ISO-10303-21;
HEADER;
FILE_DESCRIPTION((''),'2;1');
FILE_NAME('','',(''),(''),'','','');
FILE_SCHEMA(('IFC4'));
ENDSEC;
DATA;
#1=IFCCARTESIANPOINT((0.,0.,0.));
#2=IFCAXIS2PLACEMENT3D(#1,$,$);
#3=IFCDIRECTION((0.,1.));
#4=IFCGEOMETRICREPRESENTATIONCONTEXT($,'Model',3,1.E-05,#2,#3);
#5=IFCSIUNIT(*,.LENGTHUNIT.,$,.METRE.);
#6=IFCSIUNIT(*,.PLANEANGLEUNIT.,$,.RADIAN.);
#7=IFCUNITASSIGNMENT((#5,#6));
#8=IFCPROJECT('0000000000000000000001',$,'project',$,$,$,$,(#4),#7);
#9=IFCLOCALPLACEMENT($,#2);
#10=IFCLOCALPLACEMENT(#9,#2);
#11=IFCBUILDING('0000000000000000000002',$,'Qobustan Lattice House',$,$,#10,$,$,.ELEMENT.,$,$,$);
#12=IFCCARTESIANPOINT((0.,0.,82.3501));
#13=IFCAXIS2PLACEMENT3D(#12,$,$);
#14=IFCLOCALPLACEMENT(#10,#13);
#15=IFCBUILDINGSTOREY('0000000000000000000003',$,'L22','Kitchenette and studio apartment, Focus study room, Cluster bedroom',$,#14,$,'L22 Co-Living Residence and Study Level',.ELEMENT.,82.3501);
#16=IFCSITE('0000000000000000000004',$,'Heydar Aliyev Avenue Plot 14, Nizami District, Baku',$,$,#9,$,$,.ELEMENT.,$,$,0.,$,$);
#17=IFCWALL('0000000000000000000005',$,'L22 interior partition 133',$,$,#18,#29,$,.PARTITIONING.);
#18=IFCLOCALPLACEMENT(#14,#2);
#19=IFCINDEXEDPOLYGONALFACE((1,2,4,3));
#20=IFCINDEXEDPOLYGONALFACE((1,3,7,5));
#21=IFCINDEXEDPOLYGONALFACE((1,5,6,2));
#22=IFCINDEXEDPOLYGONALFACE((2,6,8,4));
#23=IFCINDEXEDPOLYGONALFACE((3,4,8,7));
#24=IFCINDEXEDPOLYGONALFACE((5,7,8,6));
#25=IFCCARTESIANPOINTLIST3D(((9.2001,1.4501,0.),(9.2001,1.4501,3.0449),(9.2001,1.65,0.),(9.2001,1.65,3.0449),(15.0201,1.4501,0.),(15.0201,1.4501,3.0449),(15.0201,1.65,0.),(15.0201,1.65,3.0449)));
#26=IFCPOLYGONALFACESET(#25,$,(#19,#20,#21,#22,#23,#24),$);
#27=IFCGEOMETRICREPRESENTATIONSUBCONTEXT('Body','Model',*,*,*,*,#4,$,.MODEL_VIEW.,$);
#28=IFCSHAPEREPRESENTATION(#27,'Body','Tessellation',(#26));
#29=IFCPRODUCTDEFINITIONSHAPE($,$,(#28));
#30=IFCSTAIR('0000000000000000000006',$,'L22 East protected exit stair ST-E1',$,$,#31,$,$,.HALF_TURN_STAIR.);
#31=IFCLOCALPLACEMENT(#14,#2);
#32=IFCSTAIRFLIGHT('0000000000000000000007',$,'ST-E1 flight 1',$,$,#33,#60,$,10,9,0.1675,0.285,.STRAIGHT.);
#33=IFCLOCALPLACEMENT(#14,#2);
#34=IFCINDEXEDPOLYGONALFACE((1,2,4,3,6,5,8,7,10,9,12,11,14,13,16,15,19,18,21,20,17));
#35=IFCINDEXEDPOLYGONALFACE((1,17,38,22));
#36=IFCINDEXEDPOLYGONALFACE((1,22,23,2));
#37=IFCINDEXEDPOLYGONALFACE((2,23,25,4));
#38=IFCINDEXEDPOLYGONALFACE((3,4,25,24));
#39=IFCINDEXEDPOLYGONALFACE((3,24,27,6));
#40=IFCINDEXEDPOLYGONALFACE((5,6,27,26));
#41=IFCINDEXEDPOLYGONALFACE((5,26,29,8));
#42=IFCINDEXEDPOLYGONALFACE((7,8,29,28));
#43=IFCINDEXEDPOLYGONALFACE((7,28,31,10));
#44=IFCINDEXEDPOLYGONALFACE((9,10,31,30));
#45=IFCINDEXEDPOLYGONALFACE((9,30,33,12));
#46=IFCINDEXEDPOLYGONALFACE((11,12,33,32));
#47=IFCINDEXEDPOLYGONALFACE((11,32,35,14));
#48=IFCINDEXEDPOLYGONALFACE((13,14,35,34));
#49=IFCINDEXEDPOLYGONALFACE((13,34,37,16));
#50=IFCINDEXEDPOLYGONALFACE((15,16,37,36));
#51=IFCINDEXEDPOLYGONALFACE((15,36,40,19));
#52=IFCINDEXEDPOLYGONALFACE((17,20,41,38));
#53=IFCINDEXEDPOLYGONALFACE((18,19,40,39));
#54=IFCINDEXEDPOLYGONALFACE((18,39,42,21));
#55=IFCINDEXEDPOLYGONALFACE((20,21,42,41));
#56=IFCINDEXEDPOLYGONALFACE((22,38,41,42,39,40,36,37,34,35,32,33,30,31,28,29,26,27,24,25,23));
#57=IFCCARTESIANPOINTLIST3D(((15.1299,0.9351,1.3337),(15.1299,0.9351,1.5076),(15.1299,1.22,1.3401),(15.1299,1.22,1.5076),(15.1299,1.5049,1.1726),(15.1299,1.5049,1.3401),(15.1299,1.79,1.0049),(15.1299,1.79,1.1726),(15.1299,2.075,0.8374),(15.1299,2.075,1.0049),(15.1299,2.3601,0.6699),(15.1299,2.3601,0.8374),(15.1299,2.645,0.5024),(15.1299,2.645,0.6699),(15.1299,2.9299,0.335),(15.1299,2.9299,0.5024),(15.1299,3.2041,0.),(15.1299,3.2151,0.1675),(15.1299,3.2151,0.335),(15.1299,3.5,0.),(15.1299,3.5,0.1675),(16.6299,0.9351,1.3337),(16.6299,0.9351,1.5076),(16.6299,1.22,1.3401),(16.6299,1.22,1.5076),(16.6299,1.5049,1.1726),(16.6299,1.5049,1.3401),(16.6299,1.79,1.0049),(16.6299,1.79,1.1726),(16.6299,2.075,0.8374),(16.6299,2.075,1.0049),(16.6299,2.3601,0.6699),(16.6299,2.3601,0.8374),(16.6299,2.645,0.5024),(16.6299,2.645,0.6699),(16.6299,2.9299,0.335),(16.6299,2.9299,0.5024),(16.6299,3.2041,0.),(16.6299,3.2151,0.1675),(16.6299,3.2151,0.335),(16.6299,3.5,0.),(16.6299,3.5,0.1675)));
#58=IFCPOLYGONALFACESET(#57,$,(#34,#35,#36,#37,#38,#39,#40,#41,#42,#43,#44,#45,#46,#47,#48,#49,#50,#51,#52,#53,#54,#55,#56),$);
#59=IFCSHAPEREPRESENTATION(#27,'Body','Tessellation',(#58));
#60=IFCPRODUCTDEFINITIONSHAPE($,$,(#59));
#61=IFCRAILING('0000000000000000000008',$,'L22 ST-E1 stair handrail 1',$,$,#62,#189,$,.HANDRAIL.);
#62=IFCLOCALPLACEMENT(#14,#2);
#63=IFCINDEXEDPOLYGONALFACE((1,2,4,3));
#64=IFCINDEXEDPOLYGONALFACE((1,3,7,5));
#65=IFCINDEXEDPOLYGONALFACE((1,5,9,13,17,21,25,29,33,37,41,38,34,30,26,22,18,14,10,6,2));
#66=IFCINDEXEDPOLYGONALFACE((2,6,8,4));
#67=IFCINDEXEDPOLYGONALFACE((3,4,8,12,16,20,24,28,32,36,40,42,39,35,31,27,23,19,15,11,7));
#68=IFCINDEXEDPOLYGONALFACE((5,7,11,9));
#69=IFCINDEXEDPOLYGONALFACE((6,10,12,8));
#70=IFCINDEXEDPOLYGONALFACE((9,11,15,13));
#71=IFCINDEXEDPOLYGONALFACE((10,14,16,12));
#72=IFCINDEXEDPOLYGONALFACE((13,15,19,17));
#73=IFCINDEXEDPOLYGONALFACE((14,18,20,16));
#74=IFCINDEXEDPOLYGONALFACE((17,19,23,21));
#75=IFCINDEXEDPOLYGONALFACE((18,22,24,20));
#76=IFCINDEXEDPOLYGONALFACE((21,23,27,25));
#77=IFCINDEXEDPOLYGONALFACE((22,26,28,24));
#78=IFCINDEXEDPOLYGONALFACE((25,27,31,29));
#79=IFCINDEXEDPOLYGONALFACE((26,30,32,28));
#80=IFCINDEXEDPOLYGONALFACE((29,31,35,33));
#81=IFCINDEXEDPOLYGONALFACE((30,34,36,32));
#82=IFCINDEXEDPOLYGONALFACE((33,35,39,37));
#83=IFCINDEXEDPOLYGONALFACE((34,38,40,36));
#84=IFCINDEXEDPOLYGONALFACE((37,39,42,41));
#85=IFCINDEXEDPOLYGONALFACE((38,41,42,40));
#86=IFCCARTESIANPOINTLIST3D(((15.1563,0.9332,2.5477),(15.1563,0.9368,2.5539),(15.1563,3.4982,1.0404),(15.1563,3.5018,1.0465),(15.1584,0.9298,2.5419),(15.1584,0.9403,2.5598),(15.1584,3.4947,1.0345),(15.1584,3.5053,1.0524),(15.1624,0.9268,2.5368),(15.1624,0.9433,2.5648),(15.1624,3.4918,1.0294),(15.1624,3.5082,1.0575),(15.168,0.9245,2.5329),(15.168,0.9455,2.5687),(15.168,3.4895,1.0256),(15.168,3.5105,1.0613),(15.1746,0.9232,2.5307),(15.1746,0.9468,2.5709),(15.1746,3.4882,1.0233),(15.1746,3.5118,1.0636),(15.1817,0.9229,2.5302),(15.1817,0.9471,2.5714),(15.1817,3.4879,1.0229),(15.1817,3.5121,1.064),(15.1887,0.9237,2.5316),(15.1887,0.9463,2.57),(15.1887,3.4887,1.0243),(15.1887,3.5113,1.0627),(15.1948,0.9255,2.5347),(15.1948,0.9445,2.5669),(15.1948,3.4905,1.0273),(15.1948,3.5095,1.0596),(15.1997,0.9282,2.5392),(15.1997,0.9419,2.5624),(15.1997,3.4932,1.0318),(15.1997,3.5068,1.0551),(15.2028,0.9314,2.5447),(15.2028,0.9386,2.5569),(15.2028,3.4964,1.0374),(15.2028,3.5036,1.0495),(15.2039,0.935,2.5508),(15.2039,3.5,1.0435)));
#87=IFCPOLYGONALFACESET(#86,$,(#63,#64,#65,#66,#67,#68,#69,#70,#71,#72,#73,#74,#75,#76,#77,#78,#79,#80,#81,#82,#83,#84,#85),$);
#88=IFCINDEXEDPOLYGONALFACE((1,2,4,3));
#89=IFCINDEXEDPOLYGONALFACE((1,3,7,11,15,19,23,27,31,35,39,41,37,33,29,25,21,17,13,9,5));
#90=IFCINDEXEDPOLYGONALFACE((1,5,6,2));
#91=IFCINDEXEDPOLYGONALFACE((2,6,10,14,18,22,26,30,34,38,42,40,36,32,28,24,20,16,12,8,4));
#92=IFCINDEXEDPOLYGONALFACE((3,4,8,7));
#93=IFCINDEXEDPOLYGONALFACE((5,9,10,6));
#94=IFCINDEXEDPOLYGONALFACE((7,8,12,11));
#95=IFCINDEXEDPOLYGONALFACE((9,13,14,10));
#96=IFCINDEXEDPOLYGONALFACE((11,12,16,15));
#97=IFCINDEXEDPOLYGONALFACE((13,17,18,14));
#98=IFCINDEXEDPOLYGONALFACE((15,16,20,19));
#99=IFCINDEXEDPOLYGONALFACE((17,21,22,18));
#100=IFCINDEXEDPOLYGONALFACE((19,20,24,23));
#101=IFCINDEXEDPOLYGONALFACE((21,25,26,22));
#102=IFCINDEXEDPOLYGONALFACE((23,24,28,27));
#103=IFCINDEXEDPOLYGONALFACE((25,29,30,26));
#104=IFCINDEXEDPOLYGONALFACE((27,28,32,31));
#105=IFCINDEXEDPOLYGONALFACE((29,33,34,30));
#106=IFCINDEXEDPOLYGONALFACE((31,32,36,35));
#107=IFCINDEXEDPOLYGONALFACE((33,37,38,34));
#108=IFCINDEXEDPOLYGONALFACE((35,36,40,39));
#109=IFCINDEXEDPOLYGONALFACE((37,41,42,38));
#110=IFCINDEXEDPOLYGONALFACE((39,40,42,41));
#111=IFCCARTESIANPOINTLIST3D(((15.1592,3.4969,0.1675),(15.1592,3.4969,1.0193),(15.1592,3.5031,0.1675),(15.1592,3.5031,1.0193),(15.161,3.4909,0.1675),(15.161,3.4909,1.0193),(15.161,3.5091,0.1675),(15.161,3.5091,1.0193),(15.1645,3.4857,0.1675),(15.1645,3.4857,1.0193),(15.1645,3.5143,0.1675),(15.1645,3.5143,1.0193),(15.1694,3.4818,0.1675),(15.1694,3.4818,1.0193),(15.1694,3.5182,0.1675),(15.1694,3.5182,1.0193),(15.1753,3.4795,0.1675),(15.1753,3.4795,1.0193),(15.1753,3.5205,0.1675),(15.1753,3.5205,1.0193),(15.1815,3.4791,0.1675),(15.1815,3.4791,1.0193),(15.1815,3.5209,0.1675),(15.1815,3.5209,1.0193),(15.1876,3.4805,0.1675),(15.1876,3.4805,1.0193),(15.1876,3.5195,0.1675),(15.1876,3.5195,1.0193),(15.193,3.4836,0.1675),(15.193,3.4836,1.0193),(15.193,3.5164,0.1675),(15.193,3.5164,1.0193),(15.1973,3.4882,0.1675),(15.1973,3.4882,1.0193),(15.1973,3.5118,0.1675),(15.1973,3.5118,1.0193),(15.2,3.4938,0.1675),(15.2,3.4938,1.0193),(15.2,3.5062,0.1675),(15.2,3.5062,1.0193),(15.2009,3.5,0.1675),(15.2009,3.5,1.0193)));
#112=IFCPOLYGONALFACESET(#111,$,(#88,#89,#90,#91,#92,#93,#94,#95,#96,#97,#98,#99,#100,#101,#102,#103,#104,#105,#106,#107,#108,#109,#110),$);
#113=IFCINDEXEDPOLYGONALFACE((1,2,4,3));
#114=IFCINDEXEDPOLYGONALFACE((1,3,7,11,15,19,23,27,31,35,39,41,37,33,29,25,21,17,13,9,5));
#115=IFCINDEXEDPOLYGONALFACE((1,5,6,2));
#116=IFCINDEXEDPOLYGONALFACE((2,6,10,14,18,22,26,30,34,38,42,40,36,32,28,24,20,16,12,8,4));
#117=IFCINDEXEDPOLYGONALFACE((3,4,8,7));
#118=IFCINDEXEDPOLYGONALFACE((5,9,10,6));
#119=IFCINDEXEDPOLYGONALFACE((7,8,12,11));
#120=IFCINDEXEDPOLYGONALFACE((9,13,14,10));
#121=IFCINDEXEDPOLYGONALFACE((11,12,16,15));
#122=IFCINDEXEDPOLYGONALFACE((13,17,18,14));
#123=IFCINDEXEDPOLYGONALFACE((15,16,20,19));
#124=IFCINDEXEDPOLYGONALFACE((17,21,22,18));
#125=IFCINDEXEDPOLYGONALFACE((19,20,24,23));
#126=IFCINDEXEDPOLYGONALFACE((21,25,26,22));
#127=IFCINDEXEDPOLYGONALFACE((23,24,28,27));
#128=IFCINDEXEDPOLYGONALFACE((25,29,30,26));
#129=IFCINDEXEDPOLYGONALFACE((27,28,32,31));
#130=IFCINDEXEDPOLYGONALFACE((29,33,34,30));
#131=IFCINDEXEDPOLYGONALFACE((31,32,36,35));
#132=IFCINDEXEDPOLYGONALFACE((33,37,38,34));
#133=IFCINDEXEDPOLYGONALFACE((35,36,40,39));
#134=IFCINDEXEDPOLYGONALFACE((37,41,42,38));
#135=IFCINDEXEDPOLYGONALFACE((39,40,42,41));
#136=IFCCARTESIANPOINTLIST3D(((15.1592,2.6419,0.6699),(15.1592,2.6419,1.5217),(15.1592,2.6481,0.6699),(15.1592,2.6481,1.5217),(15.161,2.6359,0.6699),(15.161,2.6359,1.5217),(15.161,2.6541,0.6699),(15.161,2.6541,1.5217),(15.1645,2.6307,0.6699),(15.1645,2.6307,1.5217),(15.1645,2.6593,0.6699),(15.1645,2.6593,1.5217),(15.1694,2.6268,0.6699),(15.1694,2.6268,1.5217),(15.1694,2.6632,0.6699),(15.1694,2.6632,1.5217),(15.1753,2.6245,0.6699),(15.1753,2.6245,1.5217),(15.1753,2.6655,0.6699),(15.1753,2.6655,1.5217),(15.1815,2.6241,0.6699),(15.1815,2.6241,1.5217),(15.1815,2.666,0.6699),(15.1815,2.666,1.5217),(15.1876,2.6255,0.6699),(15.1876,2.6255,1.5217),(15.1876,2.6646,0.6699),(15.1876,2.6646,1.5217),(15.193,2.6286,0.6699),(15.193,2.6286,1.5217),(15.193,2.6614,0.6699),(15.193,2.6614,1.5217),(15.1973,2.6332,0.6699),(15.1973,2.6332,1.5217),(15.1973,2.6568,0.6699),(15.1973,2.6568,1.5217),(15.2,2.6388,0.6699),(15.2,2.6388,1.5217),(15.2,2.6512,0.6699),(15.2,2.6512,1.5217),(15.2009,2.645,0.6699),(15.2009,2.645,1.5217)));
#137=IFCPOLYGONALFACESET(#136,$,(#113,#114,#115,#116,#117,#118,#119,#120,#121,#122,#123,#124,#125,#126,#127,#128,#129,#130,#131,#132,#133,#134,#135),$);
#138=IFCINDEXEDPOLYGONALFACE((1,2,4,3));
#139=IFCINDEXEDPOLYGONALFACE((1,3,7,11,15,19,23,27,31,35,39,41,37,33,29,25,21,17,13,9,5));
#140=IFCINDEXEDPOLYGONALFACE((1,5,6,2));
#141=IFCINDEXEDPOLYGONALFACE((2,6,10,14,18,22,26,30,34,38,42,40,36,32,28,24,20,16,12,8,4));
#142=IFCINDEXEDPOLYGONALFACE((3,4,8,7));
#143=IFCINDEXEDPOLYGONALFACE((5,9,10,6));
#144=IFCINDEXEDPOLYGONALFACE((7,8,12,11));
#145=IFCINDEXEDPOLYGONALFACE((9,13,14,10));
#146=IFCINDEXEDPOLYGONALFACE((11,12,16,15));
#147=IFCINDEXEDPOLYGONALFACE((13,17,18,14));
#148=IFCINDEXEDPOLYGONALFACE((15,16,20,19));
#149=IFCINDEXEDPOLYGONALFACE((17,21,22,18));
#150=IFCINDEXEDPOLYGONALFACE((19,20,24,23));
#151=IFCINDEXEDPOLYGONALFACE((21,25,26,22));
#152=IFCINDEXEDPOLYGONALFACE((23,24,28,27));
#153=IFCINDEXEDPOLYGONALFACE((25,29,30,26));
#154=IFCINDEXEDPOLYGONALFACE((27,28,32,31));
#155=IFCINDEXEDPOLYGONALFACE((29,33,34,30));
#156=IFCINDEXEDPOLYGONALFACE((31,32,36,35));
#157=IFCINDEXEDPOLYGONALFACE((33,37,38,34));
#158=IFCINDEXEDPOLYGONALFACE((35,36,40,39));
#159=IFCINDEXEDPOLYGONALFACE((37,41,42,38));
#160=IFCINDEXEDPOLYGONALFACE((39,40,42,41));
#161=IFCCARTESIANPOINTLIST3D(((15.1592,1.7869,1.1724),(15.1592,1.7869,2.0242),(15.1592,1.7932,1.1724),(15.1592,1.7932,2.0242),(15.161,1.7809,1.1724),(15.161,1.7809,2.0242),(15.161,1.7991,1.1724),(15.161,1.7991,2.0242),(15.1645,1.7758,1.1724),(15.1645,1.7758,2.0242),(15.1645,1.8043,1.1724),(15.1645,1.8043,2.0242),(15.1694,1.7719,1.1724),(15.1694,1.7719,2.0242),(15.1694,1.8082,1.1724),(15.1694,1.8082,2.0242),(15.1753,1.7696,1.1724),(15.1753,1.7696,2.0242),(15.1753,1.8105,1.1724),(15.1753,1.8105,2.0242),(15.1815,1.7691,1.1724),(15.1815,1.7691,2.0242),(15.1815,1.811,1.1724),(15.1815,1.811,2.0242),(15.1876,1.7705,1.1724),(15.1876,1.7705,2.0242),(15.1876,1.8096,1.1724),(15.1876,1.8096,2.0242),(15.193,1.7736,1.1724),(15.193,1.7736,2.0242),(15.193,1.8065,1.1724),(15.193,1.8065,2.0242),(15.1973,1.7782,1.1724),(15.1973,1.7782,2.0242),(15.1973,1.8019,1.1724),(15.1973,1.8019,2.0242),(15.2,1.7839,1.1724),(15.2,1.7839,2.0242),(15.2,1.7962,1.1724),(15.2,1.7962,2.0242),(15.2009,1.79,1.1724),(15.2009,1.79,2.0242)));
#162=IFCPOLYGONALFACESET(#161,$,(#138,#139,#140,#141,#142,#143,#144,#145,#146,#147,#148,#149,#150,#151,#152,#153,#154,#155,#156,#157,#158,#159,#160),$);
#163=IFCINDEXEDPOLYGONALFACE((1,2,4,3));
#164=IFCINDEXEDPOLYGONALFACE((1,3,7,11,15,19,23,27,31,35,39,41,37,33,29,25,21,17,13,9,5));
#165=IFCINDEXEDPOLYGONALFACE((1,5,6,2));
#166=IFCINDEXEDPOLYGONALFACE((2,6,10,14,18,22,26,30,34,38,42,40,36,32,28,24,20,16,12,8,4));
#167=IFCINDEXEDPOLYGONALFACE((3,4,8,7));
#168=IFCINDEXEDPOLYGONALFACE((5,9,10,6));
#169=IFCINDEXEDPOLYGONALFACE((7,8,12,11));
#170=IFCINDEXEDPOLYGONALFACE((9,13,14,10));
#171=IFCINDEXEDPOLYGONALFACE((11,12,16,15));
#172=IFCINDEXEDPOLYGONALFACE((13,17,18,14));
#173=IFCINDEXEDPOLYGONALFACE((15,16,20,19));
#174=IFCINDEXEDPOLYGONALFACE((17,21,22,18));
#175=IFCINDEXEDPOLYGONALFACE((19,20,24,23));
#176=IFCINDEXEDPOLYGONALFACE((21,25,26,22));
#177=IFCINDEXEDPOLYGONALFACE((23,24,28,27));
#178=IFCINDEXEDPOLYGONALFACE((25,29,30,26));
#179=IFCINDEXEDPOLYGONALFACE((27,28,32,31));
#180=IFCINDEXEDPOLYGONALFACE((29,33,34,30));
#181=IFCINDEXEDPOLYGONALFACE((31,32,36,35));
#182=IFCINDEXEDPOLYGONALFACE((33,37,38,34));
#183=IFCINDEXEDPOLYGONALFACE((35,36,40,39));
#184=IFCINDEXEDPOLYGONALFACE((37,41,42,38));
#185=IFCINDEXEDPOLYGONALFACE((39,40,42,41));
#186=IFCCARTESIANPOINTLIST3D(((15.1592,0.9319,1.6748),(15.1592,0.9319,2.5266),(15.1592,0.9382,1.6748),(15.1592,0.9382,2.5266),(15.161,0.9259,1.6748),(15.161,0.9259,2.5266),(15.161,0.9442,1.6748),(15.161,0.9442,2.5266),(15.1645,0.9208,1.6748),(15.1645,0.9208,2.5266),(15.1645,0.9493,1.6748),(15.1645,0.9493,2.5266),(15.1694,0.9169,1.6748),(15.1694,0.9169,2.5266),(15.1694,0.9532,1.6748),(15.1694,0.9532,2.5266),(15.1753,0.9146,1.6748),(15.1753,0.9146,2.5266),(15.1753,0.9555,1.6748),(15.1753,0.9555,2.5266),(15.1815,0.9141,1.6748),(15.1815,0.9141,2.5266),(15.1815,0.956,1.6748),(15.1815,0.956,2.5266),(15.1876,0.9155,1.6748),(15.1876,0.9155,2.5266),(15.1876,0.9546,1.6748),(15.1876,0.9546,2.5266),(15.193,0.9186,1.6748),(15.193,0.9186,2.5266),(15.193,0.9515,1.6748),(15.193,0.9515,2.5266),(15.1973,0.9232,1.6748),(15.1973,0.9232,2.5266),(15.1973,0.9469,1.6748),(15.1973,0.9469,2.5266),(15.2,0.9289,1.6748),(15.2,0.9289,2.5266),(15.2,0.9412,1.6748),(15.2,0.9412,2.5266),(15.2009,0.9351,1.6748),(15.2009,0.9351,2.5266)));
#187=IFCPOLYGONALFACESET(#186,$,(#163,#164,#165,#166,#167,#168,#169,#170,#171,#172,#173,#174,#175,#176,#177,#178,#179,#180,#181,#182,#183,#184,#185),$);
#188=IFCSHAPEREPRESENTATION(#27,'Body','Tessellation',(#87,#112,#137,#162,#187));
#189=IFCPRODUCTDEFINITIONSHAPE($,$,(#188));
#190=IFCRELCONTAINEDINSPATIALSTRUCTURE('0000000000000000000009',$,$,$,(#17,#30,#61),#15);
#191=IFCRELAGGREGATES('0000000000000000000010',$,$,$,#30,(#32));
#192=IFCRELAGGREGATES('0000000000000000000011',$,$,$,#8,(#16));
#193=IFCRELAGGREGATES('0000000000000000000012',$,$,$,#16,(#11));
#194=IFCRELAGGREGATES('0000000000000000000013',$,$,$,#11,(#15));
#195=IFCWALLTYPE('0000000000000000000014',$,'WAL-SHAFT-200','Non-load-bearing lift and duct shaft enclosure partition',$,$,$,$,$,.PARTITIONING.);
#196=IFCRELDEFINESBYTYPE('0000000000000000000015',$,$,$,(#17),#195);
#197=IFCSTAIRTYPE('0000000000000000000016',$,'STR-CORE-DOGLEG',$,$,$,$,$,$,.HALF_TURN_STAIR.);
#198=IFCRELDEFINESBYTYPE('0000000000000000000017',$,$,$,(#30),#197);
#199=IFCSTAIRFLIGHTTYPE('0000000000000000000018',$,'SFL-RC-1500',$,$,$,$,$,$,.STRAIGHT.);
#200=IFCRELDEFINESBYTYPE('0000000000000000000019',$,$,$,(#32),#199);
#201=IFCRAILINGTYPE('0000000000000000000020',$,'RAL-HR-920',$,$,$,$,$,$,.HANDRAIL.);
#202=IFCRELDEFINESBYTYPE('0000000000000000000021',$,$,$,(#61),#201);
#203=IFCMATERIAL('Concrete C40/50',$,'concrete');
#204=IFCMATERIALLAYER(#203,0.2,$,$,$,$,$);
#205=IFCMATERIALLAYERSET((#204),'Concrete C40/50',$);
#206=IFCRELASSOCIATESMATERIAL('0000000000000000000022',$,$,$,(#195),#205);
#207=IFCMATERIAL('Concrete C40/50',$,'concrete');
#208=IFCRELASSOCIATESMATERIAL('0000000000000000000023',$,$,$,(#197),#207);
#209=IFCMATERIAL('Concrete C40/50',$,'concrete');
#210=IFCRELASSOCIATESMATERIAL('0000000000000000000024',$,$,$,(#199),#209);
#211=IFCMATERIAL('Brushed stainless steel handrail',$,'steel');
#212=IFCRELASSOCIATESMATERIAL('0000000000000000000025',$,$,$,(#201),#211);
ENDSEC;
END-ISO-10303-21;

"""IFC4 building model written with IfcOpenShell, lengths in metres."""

from ifc_helpers import new_model, si_unit, direction, frame, frame_2d, origin, origin_2d, place, context, subcontext, project, spatial, polyline, rectangle, circle, outline, extrude, material, layer, layer_set, type_object, element, aggregate, save


model = new_model("IFC4")

# Units and contexts
model_context = context("Model", 3, precision=1e-05, world=origin(), true_north=direction((0.0, 1.0)))
body_context = subcontext(model_context, "Body", "Model", "MODEL_VIEW")
ifc_project = project(units=[si_unit("LENGTHUNIT", "METRE"), si_unit("PLANEANGLEUNIT", "RADIAN")], contexts=[model_context])

# Site, building, storey
site_placement = place(None, origin())
site = spatial("IfcSite", under=ifc_project, at=site_placement, Name="Heydar Aliyev Avenue Plot 14, Nizami District, Baku", CompositionType="ELEMENT", RefElevation=0.0)
building_placement = place(site_placement, origin())
building = spatial("IfcBuilding", under=site, at=building_placement, Name="Qobustan Lattice House", CompositionType="ELEMENT")
storey_placement = place(building_placement, frame((0.0, 0.0, 82.3501)))
storey = spatial("IfcBuildingStorey", under=building, at=storey_placement, Name="L22", Description="Kitchenette and studio apartment, Focus study room, Cluster bedroom", LongName="L22 Co-Living Residence and Study Level", CompositionType="ELEMENT", Elevation=82.3501)

# Wall
ifc_material_1 = material(Name="Concrete C40/50", Category="concrete")
ifc_layer_1 = layer(ifc_material_1, 0.2)
ifc_layer_set_1 = layer_set([ifc_layer_1], Name="Concrete C40/50")
wall_type_1 = type_object("IfcWallType", Name="WAL-SHAFT-200", Description="Non-load-bearing lift and duct shaft enclosure partition", PredefinedType="PARTITIONING", material=ifc_layer_set_1)
wall_1_placement = place(storey_placement, frame((9.2, 1.55, 0.0), z_axis=(0.0, 0.0, 1.0), x_axis=(1.0, 0.0, 0.0)))
element("IfcWall", 1, at=wall_1_placement, inside=storey, type_object=wall_type_1, Name="L22 interior partition 133", PredefinedType="PARTITIONING", context=body_context, shape_type="SweptSolid", body=[
    extrude(rectangle(XDim=5.8201, YDim=0.2, at=frame_2d((2.9102, 0.0))), origin(), (0.0, 0.0, 1.0), 3.0449),
])

# Stair, stair flight
ifc_material_2 = material(Name="Concrete C40/50", Category="concrete")
stair_type = type_object("IfcStairType", Name="STR-CORE-DOGLEG", PredefinedType="HALF_TURN_STAIR", material=ifc_material_2)
stair_placement = place(storey_placement, origin())
stair = element("IfcStair", 2, at=stair_placement, inside=storey, type_object=stair_type, Name="L22 East protected exit stair ST-E1", PredefinedType="HALF_TURN_STAIR")
ifc_material_3 = material(Name="Concrete C40/50", Category="concrete")
stair_flight_type = type_object("IfcStairFlightType", Name="SFL-RC-1500", PredefinedType="STRAIGHT", material=ifc_material_3)
stair_flight_placement = place(storey_placement, frame((15.8799, 3.5, 0.0), z_axis=(0.0, 0.0, 1.0), x_axis=(0.0, -1.0, 0.0)))
stair_flight = element("IfcStairFlight", 3, at=stair_flight_placement, type_object=stair_flight_type, Name="ST-E1 flight 1", NumberOfRisers=10, NumberOfTreads=9, PredefinedType="STRAIGHT", RiserHeight=0.1675, TreadLength=0.285, context=body_context, shape_type="SweptSolid", body=[
    extrude(outline(polyline([(0.0, 0.0), (0.0, 0.1675), (0.2849, 0.1675), (0.2849, 0.335), (0.5701, 0.335), (0.5701, 0.5024), (0.855, 0.5024), (0.855, 0.6699), (1.1399, 0.6699), (1.1399, 0.8374), (1.425, 0.8374), (1.425, 1.0049), (1.71, 1.0049), (1.71, 1.1726), (1.9951, 1.1726), (1.9951, 1.3401), (2.28, 1.3401), (2.28, 1.5076), (2.5649, 1.5076), (2.5649, 1.675), (2.5649, 1.3337), (0.2959, 0.0), (0.0, 0.0)])), frame((0.0, 0.75, 0.0), z_axis=(0.0, -1.0, 0.0), x_axis=(1.0, 0.0, 0.0)), (0.0, 0.0, 1.0), 1.5),
])
aggregate(stair, [stair_flight])

# Railing
ifc_material_4 = material(Name="Brushed stainless steel handrail", Category="steel")
railing_type_1 = type_object("IfcRailingType", Name="RAL-HR-920", PredefinedType="HANDRAIL", material=ifc_material_4)
railing_1_placement = place(storey_placement, frame((15.1799, 3.5, 0.1675)))
element("IfcRailing", 4, at=railing_1_placement, inside=storey, type_object=railing_type_1, Name="L22 ST-E1 stair handrail 1", PredefinedType="HANDRAIL", context=body_context, shape_type="SweptSolid", body=[
    extrude(circle(Radius=0.0239, at=origin_2d()), frame((0.0, 0.0, 0.876), z_axis=(0.0, -0.862149, 0.506654), x_axis=(1.0, 0.0, 0.0)), (0.0, 0.0, 1.0), 2.9751),
    extrude(circle(Radius=0.021, at=origin_2d()), origin(), (0.0, 0.0, 1.0), 0.8518),
    extrude(circle(Radius=0.021, at=origin_2d()), frame((0.0, -0.855, 0.5024)), (0.0, 0.0, 1.0), 0.8518),
    extrude(circle(Radius=0.021, at=origin_2d()), frame((0.0, -1.71, 1.0049)), (0.0, 0.0, 1.0), 0.8518),
    extrude(circle(Radius=0.021, at=origin_2d()), frame((0.0, -2.5649, 1.5073)), (0.0, 0.0, 1.0), 0.8518),
])

save(model, "model.ifc")
